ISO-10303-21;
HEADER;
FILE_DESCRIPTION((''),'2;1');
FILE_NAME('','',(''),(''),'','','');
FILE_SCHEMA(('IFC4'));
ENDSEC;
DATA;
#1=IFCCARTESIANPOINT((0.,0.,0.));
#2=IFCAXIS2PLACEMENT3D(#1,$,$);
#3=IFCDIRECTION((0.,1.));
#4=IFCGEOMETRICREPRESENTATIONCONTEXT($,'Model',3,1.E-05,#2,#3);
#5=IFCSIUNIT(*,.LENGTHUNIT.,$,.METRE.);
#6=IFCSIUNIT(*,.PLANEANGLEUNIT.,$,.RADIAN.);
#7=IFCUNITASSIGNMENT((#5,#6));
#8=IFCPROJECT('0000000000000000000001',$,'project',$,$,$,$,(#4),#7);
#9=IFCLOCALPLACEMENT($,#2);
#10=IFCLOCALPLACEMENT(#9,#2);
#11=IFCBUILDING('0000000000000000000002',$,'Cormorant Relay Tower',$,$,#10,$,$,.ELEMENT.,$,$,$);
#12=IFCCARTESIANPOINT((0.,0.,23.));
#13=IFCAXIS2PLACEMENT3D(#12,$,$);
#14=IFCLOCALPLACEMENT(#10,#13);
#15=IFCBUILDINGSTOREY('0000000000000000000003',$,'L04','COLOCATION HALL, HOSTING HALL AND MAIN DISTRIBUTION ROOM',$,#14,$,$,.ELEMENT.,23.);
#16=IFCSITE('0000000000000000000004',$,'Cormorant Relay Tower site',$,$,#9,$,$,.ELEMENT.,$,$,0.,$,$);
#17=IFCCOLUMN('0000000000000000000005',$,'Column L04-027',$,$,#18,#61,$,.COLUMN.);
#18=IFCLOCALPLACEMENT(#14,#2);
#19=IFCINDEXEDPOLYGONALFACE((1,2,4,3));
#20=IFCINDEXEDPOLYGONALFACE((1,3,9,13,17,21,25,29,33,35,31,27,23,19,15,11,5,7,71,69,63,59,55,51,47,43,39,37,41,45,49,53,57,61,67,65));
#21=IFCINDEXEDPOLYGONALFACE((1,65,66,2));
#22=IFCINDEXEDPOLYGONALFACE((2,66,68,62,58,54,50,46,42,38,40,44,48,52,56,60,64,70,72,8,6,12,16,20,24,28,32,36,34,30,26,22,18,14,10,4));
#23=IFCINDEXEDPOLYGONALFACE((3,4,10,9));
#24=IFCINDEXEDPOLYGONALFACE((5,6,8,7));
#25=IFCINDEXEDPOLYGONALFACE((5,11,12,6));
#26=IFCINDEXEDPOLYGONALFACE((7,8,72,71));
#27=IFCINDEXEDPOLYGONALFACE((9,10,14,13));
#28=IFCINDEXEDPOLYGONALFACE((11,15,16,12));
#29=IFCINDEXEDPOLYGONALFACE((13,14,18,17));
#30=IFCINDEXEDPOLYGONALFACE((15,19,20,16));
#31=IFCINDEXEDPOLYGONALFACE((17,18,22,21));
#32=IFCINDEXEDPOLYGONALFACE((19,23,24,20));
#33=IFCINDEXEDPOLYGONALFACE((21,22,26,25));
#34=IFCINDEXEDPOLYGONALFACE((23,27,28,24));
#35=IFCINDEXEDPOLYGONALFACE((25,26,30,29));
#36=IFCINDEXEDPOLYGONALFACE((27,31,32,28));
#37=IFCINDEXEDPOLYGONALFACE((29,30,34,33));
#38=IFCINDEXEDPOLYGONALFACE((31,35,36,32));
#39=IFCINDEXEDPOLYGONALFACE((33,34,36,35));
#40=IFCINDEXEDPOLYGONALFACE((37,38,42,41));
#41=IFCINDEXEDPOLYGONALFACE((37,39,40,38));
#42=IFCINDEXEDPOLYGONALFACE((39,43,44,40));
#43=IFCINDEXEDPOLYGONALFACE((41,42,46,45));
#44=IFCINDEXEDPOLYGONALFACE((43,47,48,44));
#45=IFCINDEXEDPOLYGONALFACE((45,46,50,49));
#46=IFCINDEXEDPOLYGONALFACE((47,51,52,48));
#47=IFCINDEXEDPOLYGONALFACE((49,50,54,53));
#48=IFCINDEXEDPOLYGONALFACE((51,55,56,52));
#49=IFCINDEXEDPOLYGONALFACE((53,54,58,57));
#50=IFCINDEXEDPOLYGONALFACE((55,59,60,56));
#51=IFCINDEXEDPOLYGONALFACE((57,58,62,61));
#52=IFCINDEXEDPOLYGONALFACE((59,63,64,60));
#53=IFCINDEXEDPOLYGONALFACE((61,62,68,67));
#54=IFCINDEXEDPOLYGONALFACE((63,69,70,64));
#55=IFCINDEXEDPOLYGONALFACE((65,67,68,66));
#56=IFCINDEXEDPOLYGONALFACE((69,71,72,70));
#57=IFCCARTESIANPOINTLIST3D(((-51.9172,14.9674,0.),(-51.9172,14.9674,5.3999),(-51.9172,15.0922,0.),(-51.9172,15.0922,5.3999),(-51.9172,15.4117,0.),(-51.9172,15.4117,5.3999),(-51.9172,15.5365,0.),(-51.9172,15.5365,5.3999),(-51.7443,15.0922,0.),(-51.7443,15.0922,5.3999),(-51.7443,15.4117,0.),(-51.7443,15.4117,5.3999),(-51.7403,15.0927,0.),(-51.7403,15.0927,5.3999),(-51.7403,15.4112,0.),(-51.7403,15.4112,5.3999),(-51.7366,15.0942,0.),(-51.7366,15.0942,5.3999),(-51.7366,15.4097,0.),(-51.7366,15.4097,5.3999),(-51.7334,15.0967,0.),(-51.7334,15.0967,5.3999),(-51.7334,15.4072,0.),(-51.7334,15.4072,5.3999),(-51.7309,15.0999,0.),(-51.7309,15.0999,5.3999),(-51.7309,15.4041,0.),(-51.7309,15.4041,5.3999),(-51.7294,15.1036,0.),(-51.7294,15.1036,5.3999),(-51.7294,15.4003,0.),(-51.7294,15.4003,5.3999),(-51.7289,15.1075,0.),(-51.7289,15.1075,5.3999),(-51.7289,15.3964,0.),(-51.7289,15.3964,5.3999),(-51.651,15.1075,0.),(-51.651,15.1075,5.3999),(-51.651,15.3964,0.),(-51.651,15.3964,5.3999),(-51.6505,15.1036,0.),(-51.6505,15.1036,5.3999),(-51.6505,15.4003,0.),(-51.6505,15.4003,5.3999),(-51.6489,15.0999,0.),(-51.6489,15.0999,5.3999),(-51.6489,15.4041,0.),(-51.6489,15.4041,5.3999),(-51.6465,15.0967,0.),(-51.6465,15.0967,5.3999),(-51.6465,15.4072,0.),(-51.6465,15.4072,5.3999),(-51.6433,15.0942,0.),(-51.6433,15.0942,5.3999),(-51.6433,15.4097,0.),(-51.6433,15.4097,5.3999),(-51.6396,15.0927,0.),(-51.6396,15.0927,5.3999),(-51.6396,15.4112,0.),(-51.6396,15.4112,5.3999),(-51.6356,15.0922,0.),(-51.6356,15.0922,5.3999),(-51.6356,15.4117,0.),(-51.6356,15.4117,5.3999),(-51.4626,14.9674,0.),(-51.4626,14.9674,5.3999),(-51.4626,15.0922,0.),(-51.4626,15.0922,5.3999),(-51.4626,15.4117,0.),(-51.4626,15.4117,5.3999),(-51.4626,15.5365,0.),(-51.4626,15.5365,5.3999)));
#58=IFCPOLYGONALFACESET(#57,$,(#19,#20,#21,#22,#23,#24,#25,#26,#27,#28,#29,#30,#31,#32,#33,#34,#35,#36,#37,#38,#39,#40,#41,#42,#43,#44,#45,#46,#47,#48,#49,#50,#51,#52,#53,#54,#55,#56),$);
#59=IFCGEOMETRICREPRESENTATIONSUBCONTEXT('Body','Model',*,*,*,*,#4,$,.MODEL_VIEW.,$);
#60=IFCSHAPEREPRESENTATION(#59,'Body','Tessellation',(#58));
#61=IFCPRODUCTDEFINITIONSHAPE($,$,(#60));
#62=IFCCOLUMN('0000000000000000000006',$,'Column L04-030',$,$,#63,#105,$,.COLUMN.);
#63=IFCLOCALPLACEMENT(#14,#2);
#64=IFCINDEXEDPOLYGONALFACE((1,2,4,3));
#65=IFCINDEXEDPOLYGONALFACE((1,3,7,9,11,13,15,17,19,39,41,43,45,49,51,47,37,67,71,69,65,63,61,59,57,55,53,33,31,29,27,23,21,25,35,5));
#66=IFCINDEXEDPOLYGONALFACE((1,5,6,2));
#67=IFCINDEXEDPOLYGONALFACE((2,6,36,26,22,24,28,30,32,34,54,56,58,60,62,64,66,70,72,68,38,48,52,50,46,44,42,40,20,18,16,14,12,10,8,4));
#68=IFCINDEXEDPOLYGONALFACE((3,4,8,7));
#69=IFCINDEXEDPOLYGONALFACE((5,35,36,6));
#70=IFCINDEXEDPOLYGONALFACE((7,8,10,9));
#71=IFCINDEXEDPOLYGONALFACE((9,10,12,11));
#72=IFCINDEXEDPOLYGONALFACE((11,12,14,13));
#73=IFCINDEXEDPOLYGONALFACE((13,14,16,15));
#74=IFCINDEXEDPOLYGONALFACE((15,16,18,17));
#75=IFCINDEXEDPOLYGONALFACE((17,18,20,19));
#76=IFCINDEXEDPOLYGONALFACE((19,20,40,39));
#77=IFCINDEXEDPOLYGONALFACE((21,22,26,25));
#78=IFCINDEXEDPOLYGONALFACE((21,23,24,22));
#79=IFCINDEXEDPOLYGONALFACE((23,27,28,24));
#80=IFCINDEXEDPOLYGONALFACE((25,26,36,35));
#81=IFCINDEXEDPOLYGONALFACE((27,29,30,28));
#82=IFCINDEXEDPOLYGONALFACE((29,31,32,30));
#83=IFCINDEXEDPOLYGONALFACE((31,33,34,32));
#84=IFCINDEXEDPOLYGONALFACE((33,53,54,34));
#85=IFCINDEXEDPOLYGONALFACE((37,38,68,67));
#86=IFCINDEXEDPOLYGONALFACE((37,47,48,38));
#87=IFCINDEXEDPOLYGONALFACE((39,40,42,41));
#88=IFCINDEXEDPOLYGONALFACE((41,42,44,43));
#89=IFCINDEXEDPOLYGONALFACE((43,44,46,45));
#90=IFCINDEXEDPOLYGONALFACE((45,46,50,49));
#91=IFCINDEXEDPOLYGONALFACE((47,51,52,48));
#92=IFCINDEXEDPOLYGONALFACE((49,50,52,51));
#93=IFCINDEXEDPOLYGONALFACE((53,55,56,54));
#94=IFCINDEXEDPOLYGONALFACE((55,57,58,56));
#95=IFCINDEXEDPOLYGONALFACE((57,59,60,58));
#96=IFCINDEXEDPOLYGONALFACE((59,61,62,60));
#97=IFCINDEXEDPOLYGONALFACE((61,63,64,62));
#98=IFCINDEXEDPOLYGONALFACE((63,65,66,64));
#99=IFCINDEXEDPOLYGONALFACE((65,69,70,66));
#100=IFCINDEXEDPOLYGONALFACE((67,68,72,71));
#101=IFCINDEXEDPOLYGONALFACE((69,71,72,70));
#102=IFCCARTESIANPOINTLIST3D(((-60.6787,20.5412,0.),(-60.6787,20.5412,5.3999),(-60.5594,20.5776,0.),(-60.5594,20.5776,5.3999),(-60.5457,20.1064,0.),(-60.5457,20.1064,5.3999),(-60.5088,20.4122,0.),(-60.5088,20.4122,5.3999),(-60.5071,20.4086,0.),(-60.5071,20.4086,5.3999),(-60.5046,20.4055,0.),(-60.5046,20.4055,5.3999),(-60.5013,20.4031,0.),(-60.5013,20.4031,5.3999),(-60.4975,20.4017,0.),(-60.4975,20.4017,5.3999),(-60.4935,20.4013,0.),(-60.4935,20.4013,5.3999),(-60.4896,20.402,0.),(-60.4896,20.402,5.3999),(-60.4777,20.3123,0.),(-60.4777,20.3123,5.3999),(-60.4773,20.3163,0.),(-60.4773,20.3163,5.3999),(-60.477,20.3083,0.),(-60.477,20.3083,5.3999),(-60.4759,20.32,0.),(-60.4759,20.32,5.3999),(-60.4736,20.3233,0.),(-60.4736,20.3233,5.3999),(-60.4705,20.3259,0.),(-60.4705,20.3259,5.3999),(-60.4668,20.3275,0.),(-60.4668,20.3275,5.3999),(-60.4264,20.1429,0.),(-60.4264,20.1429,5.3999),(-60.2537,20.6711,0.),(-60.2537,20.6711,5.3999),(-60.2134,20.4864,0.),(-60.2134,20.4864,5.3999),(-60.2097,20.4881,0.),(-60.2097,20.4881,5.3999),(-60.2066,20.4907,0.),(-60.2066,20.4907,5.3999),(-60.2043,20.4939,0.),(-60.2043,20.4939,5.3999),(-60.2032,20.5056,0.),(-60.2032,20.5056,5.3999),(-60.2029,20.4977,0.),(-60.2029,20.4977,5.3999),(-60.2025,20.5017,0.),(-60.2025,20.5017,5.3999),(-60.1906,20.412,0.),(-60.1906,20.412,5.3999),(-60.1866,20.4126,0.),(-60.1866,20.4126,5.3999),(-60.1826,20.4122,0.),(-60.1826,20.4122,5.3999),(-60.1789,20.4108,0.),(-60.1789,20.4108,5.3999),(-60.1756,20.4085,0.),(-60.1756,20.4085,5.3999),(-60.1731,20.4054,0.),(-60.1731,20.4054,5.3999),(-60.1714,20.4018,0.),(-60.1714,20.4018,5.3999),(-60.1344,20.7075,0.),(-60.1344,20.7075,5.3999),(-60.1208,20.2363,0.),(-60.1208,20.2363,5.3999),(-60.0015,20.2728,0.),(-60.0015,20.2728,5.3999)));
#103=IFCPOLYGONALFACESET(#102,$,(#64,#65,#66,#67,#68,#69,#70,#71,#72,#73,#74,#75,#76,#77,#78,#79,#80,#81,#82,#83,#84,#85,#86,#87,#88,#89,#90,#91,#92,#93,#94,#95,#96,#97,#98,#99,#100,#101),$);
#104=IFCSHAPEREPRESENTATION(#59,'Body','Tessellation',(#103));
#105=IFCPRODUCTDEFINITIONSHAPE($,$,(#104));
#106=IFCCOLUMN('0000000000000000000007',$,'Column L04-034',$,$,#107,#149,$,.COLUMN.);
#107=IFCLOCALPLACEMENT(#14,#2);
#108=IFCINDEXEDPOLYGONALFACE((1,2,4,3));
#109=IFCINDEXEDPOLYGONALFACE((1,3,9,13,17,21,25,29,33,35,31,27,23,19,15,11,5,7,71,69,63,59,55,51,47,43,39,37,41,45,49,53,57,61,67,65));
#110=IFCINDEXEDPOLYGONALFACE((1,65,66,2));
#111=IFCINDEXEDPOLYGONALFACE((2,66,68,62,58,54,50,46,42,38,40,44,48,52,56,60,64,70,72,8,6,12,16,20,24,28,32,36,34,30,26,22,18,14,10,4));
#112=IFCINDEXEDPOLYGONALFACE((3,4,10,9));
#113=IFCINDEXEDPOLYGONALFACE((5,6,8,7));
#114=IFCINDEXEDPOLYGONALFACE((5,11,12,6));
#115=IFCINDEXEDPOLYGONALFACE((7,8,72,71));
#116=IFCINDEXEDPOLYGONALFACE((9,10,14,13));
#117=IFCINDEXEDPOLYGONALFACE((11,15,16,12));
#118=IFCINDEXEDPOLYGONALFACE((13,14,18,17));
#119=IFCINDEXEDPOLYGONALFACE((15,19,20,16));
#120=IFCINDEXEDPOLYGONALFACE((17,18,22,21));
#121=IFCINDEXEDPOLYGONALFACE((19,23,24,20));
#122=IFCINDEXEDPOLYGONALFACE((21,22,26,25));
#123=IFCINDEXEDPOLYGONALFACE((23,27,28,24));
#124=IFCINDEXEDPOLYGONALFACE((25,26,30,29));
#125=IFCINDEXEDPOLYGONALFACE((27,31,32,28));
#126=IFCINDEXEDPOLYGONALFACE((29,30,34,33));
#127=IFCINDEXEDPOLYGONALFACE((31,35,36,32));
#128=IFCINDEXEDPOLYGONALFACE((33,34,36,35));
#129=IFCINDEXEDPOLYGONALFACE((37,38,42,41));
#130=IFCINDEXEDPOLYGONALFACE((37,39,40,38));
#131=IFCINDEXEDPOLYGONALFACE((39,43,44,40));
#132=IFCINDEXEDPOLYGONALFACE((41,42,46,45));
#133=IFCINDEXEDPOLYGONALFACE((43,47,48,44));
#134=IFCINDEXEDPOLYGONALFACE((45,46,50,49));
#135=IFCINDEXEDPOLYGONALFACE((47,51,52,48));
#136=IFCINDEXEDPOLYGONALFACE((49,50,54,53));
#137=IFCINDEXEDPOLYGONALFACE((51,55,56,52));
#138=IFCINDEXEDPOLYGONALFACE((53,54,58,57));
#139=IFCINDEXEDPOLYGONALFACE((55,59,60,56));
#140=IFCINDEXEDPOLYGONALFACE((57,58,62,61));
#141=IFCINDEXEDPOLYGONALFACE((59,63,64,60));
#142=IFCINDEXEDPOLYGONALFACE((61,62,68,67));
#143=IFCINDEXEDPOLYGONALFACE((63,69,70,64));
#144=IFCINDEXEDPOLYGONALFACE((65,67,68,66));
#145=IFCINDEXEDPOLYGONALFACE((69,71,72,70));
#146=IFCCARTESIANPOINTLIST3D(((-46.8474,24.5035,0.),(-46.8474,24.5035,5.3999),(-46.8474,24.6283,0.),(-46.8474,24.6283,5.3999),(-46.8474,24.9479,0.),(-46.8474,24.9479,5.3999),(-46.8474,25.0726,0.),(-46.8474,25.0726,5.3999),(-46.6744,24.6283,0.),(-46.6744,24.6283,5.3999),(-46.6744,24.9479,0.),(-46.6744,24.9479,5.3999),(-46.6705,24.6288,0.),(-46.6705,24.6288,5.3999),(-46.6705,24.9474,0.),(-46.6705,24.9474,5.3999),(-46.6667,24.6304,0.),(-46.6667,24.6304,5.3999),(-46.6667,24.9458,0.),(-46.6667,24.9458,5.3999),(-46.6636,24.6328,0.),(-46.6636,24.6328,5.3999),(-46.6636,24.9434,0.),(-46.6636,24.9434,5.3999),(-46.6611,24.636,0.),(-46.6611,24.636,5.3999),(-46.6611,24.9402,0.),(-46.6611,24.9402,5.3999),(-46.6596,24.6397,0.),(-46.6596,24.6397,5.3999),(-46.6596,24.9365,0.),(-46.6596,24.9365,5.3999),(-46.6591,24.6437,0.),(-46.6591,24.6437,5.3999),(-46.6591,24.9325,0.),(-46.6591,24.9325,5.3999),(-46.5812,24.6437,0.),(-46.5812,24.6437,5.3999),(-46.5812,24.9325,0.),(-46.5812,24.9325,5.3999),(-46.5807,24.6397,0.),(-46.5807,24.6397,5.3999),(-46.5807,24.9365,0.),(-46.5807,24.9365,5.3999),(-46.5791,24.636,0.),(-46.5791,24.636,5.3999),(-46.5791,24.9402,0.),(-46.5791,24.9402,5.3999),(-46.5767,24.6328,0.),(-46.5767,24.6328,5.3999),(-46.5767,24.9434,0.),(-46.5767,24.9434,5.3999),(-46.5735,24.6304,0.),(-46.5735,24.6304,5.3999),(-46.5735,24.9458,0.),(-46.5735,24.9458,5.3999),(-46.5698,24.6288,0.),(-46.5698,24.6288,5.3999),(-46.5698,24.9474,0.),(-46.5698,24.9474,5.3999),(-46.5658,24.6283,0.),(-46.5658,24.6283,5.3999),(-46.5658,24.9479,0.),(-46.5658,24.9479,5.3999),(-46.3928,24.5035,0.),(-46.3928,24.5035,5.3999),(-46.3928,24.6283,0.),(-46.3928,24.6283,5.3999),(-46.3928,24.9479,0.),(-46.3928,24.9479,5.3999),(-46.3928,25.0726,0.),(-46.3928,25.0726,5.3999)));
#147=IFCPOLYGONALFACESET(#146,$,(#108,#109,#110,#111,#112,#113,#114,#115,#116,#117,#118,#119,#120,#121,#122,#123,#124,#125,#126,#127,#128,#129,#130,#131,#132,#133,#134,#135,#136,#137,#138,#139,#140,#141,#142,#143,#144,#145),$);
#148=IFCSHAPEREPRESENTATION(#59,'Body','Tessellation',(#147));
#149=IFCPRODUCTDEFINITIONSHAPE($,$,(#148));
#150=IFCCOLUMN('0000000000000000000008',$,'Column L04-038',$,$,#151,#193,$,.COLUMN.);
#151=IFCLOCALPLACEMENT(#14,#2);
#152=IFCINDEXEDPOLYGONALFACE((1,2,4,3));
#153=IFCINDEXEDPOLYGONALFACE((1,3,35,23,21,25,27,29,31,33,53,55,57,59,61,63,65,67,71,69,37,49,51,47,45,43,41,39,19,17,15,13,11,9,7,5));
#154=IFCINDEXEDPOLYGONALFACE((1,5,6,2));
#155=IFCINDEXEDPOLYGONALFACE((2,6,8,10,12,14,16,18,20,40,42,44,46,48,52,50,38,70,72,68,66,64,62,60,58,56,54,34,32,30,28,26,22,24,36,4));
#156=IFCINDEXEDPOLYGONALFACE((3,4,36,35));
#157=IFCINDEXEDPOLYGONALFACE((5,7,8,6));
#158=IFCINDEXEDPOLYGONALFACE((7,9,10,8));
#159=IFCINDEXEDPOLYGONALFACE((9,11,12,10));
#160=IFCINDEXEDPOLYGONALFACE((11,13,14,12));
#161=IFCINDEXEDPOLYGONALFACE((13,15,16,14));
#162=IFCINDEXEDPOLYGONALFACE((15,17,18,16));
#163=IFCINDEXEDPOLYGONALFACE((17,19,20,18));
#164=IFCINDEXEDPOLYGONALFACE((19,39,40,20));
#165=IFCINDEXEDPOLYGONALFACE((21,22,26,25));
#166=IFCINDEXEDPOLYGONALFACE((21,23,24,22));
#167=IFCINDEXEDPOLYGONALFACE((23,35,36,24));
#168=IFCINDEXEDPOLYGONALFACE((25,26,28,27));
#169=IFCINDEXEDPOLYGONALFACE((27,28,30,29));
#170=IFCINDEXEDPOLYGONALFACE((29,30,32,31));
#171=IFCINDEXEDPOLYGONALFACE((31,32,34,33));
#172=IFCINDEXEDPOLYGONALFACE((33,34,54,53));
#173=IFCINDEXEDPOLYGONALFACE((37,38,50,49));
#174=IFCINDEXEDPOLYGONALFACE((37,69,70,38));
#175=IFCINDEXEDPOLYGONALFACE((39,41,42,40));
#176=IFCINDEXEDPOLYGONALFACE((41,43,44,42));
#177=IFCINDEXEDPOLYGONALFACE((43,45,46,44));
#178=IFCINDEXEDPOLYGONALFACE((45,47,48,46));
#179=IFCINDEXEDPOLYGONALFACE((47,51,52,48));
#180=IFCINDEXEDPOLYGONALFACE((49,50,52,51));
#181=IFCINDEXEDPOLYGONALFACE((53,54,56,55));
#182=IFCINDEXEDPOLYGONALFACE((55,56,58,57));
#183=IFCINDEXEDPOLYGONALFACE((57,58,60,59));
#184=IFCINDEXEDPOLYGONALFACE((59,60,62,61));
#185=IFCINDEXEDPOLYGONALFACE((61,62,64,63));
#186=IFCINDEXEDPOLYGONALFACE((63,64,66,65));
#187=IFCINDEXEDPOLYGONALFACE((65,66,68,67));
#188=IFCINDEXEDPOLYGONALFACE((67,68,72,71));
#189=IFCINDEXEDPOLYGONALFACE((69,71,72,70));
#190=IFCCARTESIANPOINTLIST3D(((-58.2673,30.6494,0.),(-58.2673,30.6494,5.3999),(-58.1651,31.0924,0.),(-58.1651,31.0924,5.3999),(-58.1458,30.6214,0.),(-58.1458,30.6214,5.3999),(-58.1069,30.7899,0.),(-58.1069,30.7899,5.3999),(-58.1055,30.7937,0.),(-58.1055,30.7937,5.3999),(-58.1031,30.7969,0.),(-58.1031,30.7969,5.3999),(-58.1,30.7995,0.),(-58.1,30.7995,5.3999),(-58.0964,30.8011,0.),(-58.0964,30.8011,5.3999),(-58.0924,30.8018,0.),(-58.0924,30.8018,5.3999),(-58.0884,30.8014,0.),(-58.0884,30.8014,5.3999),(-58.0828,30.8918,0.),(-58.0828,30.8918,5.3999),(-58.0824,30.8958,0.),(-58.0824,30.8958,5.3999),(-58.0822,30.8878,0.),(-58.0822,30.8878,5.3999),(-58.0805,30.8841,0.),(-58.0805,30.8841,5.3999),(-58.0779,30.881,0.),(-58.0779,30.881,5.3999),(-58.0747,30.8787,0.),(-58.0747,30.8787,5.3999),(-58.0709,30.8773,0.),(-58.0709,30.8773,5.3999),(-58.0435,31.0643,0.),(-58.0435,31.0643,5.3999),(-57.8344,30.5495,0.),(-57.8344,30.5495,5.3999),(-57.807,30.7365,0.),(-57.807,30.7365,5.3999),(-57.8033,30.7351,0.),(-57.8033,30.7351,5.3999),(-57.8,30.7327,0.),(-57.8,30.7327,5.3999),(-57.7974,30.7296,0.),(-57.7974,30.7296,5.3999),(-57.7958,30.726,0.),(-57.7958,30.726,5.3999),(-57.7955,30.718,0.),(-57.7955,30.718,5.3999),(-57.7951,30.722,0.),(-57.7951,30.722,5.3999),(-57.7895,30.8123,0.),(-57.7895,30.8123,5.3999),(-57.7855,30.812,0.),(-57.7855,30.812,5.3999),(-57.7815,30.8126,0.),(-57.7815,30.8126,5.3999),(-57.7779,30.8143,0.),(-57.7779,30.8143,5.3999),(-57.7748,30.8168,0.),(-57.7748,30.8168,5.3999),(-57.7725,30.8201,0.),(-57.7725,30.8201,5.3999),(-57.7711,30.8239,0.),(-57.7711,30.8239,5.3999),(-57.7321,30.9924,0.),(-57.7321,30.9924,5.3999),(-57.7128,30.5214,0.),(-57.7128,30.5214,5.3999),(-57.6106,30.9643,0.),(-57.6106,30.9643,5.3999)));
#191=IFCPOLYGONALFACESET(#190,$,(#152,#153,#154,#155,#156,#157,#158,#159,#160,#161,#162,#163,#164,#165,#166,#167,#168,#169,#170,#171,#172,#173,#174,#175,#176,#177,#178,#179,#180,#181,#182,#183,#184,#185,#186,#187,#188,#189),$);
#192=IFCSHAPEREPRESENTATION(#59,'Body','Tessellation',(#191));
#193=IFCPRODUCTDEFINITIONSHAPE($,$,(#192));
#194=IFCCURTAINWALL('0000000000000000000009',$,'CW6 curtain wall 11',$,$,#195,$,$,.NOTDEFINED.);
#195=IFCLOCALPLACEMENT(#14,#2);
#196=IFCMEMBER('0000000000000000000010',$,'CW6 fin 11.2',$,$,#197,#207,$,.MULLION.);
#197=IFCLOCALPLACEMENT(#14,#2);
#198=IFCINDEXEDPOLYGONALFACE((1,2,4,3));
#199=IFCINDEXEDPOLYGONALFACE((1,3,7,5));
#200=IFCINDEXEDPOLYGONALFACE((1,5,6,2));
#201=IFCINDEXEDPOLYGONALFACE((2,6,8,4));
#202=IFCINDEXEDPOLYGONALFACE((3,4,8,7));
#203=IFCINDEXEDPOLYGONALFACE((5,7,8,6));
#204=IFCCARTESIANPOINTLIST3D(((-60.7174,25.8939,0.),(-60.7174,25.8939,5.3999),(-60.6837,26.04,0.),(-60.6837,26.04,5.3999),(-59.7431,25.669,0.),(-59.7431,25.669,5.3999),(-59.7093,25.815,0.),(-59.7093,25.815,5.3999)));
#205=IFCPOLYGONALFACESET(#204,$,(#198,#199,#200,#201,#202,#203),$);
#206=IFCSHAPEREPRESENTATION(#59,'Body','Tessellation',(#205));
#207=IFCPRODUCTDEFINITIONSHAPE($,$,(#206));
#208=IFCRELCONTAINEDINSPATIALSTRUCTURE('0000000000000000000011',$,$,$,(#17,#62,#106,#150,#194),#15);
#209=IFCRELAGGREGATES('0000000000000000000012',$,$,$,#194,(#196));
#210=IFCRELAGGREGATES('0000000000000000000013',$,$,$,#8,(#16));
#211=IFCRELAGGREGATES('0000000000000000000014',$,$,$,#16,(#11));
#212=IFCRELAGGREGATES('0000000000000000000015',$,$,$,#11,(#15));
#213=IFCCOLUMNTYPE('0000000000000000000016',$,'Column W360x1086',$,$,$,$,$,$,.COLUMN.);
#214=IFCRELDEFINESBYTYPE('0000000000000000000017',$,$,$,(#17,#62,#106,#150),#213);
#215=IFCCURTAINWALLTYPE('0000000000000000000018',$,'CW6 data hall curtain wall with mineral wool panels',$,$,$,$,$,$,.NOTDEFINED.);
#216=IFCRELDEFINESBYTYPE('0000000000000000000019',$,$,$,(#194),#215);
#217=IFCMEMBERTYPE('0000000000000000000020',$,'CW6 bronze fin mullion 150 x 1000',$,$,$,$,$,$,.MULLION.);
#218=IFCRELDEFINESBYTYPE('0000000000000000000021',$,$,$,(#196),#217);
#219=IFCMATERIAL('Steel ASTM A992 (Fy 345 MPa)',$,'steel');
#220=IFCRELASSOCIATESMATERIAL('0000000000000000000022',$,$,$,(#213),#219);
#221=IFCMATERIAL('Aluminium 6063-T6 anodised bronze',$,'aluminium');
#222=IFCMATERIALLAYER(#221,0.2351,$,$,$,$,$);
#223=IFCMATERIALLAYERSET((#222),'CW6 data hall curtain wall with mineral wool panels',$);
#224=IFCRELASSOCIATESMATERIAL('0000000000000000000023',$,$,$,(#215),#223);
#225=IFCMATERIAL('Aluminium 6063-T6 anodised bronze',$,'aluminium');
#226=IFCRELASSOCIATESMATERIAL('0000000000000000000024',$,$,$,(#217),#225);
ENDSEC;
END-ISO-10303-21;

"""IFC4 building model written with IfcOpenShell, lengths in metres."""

from ifc_helpers import new_model, si_unit, direction, frame, origin, origin_2d, place, context, subcontext, project, spatial, rectangle, i_section, extrude, material, layer, layer_set, material_profile, profile_set, type_object, element, aggregate, save


model = new_model("IFC4")

# Units and contexts
model_context = context("Model", 3, precision=1e-05, world=origin(), true_north=direction((0.0, 1.0)))
body_context = subcontext(model_context, "Body", "Model", "MODEL_VIEW")
ifc_project = project(units=[si_unit("LENGTHUNIT", "METRE"), si_unit("PLANEANGLEUNIT", "RADIAN")], contexts=[model_context])

# Site, building, storey
site_placement = place(None, origin())
site = spatial("IfcSite", under=ifc_project, at=site_placement, Name="Cormorant Relay Tower site", CompositionType="ELEMENT", RefElevation=0.0)
building_placement = place(site_placement, origin())
building = spatial("IfcBuilding", under=site, at=building_placement, Name="Cormorant Relay Tower", CompositionType="ELEMENT")
storey_placement = place(building_placement, frame((0.0, 0.0, 23.0)))
storey = spatial("IfcBuildingStorey", under=building, at=storey_placement, Name="L04", Description="COLOCATION HALL, HOSTING HALL AND MAIN DISTRIBUTION ROOM", CompositionType="ELEMENT", Elevation=23.0)

# Columns
ifc_material_1 = material(Name="Steel ASTM A992 (Fy 345 MPa)", Category="steel")
ifc_material_profile_1 = material_profile(ifc_material_1, i_section(OverallWidth=0.4546, OverallDepth=0.5691, WebThickness=0.0779, FlangeThickness=0.1248, FilletRadius=0.0154, at=origin_2d()), Name="W360x1086")
ifc_profile_set_1 = profile_set([ifc_material_profile_1], Name="Steel ASTM A992 (Fy 345 MPa)")
column_type = type_object("IfcColumnType", Name="Column W360x1086", PredefinedType="COLUMN", material=ifc_profile_set_1)
for number, where, z_axis, x_axis, name in (
    (1, (-51.6899, 15.252, 0.0), (0.0, 0.0, 1.0), (1.0, 0.0, 0.0), "Column L04-027"),
    (2, (-60.3401, 20.407, 0.0), (0.0, 0.0, 1.0), (0.292372, -0.956305, 0.0), "Column L04-030"),
    (3, (-46.6201, 24.7881, 0.0), (0.0, 0.0, 1.0), (1.0, 0.0, 0.0), "Column L04-034"),
    (4, (-57.939, 30.8069, 0.0), (0.0, 0.0, 1.0), (-0.224951, -0.97437, 0.0), "Column L04-038"),
):
    element("IfcColumn", number, at=place(storey_placement, frame(where, z_axis=z_axis, x_axis=x_axis)), inside=storey, type_object=column_type, Name=name, PredefinedType="COLUMN", context=body_context, shape_type="SweptSolid", body=[
        extrude(i_section(OverallWidth=0.4546, OverallDepth=0.5691, WebThickness=0.0779, FlangeThickness=0.1248, FilletRadius=0.0154, at=origin_2d()), origin(), (0.0, 0.0, 1.0), 5.3999),
    ])

# Curtain wall, member
ifc_material_2 = material(Name="Aluminium 6063-T6 anodised bronze", Category="aluminium")
ifc_layer_1 = layer(ifc_material_2, 0.2351)
ifc_layer_set_1 = layer_set([ifc_layer_1], Name="CW6 data hall curtain wall with mineral wool panels")
curtain_wall_type = type_object("IfcCurtainWallType", Name="CW6 data hall curtain wall with mineral wool panels", PredefinedType="NOTDEFINED", material=ifc_layer_set_1)
curtain_wall_1_placement = place(storey_placement, origin())
curtain_wall_1 = element("IfcCurtainWall", 5, at=curtain_wall_1_placement, inside=storey, type_object=curtain_wall_type, Name="CW6 curtain wall 11", PredefinedType="NOTDEFINED")
ifc_material_3 = material(Name="Aluminium 6063-T6 anodised bronze", Category="aluminium")
ifc_material_profile_2 = material_profile(ifc_material_3, rectangle(XDim=0.1499, YDim=1.0, at=origin_2d()), Name="AL 150x1000")
ifc_profile_set_2 = profile_set([ifc_material_profile_2], Name="Aluminium 6063-T6 anodised bronze")
member_type_1 = type_object("IfcMemberType", Name="CW6 bronze fin mullion 150 x 1000", PredefinedType="MULLION", material=ifc_profile_set_2)
member_1_placement = place(storey_placement, frame((-60.2134, 25.8545, 0.0), z_axis=(0.0, 0.0, 1.0), x_axis=(-0.224951, -0.97437, 0.0)))
member_1 = element("IfcMember", 6, at=member_1_placement, type_object=member_type_1, Name="CW6 fin 11.2", PredefinedType="MULLION", context=body_context, shape_type="SweptSolid", body=[
    extrude(rectangle(XDim=0.1499, YDim=1.0, at=origin_2d()), origin(), (0.0, 0.0, 1.0), 5.3999),
])

aggregate(curtain_wall_1, [member_1])

save(model, "model.ifc")
